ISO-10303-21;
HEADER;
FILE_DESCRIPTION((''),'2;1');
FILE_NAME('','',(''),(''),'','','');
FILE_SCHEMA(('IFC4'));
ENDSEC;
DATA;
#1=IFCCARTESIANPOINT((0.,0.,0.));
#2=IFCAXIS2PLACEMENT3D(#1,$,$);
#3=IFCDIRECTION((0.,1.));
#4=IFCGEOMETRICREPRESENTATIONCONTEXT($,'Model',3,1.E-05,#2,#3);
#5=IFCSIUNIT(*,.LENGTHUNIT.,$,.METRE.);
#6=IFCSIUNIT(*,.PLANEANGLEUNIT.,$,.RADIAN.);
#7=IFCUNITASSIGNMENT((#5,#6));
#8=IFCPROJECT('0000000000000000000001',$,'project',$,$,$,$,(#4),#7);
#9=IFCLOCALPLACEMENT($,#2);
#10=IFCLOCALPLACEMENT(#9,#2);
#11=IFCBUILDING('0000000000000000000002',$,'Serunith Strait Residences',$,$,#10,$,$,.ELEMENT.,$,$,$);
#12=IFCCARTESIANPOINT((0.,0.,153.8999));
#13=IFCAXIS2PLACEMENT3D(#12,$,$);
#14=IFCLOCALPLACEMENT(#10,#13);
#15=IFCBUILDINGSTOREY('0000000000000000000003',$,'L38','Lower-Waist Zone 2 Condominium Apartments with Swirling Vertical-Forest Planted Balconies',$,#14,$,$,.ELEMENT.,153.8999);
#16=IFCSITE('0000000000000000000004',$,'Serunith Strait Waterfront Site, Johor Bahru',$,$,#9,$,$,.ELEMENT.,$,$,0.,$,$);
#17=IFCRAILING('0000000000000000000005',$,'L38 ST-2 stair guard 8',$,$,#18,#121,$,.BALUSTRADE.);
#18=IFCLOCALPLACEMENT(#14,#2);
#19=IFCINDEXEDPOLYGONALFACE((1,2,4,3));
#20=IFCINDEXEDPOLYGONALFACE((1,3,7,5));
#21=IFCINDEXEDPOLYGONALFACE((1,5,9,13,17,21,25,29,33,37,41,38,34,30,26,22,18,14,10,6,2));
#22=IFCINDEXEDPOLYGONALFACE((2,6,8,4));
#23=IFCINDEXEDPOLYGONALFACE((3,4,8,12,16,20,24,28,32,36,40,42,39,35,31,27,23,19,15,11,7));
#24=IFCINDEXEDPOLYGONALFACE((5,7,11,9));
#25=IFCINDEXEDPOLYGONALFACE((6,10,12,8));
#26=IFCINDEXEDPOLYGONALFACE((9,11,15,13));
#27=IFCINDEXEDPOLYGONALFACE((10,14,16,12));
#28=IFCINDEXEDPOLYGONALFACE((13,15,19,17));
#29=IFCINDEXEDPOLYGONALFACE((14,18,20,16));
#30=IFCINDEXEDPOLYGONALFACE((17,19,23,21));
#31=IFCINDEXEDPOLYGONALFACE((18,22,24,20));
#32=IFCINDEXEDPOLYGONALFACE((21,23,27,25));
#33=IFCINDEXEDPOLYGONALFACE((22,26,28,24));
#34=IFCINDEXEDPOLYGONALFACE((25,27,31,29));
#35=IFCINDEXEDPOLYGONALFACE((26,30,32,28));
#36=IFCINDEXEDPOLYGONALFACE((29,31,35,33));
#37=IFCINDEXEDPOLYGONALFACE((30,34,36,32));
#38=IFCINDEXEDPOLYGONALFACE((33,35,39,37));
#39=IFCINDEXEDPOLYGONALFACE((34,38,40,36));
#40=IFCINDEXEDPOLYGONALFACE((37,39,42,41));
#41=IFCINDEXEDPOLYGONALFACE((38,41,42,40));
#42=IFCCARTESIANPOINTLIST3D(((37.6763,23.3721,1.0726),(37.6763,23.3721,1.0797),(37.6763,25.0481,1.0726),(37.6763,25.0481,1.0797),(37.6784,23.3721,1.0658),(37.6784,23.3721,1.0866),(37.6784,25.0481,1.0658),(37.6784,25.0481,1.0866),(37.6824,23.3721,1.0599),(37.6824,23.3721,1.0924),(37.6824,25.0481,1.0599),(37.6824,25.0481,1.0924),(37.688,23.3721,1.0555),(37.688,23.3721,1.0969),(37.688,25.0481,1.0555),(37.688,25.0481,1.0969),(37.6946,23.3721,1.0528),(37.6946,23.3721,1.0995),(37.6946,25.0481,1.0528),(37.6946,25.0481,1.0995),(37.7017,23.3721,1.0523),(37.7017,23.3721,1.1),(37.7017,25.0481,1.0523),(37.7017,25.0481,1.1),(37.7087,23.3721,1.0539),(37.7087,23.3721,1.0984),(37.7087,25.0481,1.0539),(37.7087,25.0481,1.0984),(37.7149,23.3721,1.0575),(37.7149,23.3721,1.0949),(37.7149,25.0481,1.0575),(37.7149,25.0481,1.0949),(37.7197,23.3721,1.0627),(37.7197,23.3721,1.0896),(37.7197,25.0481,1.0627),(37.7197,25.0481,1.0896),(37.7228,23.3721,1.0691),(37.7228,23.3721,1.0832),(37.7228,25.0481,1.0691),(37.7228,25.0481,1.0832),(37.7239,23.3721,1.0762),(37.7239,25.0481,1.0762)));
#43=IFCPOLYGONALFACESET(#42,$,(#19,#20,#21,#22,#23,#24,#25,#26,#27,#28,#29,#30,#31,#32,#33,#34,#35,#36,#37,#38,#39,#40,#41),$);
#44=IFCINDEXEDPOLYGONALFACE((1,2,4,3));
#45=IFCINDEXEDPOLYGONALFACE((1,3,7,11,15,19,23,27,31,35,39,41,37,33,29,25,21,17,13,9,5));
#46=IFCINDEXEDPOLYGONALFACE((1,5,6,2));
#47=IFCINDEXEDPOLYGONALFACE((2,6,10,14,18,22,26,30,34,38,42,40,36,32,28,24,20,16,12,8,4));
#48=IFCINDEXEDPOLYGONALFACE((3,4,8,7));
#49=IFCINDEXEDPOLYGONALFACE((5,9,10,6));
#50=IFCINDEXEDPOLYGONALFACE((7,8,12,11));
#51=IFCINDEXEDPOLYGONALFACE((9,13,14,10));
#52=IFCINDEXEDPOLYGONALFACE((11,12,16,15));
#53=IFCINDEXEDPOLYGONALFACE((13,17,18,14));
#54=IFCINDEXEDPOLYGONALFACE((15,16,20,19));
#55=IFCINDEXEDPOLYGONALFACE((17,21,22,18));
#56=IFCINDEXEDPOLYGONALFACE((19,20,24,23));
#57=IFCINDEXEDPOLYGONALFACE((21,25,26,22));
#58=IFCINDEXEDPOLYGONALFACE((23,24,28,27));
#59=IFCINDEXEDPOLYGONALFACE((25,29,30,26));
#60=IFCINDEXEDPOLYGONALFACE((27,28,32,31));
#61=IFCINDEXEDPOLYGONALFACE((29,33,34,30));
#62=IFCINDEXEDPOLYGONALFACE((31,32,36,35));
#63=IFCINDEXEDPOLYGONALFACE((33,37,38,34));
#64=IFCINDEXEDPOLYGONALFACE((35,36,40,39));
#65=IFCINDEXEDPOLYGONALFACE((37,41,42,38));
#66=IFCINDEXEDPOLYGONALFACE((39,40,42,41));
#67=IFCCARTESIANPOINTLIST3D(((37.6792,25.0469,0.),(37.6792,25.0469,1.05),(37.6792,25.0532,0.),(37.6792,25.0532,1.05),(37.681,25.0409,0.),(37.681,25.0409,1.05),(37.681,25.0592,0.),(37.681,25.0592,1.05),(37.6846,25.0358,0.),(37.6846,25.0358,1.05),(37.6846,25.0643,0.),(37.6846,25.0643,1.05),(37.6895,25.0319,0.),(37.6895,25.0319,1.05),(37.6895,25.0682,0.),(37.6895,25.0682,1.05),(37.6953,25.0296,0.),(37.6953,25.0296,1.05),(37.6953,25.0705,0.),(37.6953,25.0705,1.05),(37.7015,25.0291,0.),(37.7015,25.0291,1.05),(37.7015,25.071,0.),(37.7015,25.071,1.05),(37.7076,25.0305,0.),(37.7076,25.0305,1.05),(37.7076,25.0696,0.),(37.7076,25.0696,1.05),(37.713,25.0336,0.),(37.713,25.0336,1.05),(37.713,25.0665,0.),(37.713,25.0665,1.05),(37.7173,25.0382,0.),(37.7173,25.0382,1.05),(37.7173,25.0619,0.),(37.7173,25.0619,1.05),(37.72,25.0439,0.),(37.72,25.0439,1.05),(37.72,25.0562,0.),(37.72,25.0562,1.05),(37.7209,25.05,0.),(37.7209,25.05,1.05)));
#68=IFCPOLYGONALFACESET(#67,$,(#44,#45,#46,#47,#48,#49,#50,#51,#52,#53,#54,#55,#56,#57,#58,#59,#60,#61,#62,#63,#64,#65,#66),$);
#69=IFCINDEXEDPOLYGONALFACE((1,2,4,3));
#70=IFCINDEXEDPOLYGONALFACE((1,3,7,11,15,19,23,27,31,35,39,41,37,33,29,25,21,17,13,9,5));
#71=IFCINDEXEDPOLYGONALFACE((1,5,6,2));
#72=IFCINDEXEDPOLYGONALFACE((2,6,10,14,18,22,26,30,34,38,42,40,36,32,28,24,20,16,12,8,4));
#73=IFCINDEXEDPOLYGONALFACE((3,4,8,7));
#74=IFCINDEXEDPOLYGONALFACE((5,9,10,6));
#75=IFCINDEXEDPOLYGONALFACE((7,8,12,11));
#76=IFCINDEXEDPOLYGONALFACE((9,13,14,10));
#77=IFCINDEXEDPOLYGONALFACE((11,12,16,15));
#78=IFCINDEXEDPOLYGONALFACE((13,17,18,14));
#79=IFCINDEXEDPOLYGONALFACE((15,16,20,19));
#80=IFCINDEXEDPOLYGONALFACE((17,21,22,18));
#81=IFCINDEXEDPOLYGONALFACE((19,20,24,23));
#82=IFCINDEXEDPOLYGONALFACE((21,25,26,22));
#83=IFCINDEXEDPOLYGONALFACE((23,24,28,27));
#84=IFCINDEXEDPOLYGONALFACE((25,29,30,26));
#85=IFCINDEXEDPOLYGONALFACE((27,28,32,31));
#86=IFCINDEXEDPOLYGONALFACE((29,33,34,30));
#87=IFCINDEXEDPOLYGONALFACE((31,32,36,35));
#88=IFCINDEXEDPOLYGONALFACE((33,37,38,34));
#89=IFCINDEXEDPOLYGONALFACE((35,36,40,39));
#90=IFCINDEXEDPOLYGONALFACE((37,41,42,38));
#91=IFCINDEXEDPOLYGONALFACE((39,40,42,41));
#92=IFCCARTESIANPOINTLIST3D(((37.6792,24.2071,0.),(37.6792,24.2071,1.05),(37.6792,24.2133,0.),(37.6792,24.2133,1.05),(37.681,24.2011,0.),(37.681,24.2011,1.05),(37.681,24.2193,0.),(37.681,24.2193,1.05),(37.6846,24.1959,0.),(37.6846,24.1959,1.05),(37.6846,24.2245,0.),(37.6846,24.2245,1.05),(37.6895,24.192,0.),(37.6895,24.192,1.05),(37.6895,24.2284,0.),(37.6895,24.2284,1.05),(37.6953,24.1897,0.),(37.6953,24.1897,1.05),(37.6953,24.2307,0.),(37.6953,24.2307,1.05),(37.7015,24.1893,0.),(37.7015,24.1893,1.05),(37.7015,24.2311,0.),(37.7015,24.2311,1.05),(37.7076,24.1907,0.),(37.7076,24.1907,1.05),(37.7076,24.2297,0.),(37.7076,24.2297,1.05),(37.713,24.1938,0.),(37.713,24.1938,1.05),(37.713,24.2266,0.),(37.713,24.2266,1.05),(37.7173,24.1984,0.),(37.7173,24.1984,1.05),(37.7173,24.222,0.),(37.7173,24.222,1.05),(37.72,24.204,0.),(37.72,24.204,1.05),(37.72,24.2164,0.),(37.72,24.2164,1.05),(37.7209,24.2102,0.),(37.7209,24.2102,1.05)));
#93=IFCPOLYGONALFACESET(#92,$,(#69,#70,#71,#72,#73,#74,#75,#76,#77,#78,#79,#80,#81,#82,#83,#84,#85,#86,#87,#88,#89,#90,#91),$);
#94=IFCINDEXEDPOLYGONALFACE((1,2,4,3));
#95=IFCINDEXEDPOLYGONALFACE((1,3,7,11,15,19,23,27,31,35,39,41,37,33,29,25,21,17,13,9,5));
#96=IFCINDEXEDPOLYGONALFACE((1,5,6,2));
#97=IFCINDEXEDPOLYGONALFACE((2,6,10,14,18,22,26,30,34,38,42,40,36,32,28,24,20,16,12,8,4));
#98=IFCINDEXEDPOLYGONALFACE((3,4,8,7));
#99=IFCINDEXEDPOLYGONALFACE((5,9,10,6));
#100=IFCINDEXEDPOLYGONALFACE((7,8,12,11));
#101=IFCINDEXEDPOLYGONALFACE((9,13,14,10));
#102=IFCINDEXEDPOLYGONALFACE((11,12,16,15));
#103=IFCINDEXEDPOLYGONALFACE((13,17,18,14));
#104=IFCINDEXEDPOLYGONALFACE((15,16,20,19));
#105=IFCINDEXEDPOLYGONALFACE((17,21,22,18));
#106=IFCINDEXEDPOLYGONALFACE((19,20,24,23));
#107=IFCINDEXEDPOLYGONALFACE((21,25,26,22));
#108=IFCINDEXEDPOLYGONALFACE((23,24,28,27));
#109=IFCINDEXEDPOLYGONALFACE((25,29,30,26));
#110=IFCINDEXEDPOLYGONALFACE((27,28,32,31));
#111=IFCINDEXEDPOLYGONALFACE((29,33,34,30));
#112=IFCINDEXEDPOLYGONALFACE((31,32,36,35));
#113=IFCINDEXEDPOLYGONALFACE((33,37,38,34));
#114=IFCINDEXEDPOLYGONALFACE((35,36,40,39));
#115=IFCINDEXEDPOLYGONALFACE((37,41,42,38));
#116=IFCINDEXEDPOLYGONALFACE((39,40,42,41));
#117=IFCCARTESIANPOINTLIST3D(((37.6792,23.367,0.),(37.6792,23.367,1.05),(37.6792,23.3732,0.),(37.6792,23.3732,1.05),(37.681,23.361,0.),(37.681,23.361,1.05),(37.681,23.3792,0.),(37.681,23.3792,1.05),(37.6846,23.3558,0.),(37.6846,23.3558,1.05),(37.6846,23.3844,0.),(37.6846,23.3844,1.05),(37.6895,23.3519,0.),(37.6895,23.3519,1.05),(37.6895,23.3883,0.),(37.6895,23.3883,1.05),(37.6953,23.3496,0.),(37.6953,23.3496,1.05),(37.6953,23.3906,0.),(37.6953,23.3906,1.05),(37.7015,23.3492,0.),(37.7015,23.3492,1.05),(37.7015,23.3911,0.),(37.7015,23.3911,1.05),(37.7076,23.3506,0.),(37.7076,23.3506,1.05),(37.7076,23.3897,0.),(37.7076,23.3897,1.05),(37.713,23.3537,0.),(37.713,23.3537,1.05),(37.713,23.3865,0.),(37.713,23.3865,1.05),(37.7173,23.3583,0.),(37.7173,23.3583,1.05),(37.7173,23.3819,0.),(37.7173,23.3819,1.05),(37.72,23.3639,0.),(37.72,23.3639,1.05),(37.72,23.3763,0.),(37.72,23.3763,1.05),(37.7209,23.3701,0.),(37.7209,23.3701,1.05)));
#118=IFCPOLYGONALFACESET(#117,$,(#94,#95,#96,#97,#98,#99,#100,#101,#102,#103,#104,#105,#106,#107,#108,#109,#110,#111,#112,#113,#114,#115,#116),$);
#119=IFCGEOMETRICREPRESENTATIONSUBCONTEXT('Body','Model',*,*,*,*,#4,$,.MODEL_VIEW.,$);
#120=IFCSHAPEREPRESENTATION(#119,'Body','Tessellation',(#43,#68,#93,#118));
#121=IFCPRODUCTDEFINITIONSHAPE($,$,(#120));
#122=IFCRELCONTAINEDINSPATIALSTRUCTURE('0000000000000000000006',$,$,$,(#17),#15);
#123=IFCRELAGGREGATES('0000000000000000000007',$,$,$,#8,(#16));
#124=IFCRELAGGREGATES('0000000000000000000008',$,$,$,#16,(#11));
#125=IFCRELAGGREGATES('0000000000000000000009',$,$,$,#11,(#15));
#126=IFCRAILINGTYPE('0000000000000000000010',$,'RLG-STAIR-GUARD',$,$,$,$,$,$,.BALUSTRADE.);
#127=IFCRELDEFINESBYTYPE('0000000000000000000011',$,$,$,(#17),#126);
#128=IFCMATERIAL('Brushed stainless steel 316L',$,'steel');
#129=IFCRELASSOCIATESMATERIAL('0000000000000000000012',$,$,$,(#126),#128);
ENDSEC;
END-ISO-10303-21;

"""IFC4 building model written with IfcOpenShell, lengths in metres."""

from ifc_helpers import new_model, si_unit, direction, frame, origin, origin_2d, place, context, subcontext, project, spatial, circle, extrude, material, type_object, element, save


model = new_model("IFC4")

# Units and contexts
model_context = context("Model", 3, precision=1e-05, world=origin(), true_north=direction((0.0, 1.0)))
body_context = subcontext(model_context, "Body", "Model", "MODEL_VIEW")
ifc_project = project(units=[si_unit("LENGTHUNIT", "METRE"), si_unit("PLANEANGLEUNIT", "RADIAN")], contexts=[model_context])

# Site, building, storey
site_placement = place(None, origin())
site = spatial("IfcSite", under=ifc_project, at=site_placement, Name="Serunith Strait Waterfront Site, Johor Bahru", CompositionType="ELEMENT", RefElevation=0.0)
building_placement = place(site_placement, origin())
building = spatial("IfcBuilding", under=site, at=building_placement, Name="Serunith Strait Residences", CompositionType="ELEMENT")
storey_placement = place(building_placement, frame((0.0, 0.0, 153.8999)))
storey = spatial("IfcBuildingStorey", under=building, at=storey_placement, Name="L38", Description="Lower-Waist Zone 2 Condominium Apartments with Swirling Vertical-Forest Planted Balconies", CompositionType="ELEMENT", Elevation=153.8999)

# Railing
ifc_material_1 = material(Name="Brushed stainless steel 316L", Category="steel")
railing_type = type_object("IfcRailingType", Name="RLG-STAIR-GUARD", PredefinedType="BALUSTRADE", material=ifc_material_1)
railing_placement = place(storey_placement, frame((37.7, 25.05, 0.0)))
element("IfcRailing", 1, at=railing_placement, inside=storey, type_object=railing_type, Name="L38 ST-2 stair guard 8", PredefinedType="BALUSTRADE", context=body_context, shape_type="SweptSolid", body=[
    extrude(circle(Radius=0.0239, at=origin_2d()), frame((0.0, -0.002, 1.0762), z_axis=(0.0, -1.0, 0.0), x_axis=(1.0, 0.0, 0.0)), (0.0, 0.0, 1.0), 1.676),
    extrude(circle(Radius=0.021, at=origin_2d()), origin(), (0.0, 0.0, 1.0), 1.05),
    extrude(circle(Radius=0.021, at=origin_2d()), frame((0.0, -0.8398, 0.0)), (0.0, 0.0, 1.0), 1.05),
    extrude(circle(Radius=0.021, at=origin_2d()), frame((0.0, -1.6799, 0.0)), (0.0, 0.0, 1.0), 1.05),
])

save(model, "model.ifc")
